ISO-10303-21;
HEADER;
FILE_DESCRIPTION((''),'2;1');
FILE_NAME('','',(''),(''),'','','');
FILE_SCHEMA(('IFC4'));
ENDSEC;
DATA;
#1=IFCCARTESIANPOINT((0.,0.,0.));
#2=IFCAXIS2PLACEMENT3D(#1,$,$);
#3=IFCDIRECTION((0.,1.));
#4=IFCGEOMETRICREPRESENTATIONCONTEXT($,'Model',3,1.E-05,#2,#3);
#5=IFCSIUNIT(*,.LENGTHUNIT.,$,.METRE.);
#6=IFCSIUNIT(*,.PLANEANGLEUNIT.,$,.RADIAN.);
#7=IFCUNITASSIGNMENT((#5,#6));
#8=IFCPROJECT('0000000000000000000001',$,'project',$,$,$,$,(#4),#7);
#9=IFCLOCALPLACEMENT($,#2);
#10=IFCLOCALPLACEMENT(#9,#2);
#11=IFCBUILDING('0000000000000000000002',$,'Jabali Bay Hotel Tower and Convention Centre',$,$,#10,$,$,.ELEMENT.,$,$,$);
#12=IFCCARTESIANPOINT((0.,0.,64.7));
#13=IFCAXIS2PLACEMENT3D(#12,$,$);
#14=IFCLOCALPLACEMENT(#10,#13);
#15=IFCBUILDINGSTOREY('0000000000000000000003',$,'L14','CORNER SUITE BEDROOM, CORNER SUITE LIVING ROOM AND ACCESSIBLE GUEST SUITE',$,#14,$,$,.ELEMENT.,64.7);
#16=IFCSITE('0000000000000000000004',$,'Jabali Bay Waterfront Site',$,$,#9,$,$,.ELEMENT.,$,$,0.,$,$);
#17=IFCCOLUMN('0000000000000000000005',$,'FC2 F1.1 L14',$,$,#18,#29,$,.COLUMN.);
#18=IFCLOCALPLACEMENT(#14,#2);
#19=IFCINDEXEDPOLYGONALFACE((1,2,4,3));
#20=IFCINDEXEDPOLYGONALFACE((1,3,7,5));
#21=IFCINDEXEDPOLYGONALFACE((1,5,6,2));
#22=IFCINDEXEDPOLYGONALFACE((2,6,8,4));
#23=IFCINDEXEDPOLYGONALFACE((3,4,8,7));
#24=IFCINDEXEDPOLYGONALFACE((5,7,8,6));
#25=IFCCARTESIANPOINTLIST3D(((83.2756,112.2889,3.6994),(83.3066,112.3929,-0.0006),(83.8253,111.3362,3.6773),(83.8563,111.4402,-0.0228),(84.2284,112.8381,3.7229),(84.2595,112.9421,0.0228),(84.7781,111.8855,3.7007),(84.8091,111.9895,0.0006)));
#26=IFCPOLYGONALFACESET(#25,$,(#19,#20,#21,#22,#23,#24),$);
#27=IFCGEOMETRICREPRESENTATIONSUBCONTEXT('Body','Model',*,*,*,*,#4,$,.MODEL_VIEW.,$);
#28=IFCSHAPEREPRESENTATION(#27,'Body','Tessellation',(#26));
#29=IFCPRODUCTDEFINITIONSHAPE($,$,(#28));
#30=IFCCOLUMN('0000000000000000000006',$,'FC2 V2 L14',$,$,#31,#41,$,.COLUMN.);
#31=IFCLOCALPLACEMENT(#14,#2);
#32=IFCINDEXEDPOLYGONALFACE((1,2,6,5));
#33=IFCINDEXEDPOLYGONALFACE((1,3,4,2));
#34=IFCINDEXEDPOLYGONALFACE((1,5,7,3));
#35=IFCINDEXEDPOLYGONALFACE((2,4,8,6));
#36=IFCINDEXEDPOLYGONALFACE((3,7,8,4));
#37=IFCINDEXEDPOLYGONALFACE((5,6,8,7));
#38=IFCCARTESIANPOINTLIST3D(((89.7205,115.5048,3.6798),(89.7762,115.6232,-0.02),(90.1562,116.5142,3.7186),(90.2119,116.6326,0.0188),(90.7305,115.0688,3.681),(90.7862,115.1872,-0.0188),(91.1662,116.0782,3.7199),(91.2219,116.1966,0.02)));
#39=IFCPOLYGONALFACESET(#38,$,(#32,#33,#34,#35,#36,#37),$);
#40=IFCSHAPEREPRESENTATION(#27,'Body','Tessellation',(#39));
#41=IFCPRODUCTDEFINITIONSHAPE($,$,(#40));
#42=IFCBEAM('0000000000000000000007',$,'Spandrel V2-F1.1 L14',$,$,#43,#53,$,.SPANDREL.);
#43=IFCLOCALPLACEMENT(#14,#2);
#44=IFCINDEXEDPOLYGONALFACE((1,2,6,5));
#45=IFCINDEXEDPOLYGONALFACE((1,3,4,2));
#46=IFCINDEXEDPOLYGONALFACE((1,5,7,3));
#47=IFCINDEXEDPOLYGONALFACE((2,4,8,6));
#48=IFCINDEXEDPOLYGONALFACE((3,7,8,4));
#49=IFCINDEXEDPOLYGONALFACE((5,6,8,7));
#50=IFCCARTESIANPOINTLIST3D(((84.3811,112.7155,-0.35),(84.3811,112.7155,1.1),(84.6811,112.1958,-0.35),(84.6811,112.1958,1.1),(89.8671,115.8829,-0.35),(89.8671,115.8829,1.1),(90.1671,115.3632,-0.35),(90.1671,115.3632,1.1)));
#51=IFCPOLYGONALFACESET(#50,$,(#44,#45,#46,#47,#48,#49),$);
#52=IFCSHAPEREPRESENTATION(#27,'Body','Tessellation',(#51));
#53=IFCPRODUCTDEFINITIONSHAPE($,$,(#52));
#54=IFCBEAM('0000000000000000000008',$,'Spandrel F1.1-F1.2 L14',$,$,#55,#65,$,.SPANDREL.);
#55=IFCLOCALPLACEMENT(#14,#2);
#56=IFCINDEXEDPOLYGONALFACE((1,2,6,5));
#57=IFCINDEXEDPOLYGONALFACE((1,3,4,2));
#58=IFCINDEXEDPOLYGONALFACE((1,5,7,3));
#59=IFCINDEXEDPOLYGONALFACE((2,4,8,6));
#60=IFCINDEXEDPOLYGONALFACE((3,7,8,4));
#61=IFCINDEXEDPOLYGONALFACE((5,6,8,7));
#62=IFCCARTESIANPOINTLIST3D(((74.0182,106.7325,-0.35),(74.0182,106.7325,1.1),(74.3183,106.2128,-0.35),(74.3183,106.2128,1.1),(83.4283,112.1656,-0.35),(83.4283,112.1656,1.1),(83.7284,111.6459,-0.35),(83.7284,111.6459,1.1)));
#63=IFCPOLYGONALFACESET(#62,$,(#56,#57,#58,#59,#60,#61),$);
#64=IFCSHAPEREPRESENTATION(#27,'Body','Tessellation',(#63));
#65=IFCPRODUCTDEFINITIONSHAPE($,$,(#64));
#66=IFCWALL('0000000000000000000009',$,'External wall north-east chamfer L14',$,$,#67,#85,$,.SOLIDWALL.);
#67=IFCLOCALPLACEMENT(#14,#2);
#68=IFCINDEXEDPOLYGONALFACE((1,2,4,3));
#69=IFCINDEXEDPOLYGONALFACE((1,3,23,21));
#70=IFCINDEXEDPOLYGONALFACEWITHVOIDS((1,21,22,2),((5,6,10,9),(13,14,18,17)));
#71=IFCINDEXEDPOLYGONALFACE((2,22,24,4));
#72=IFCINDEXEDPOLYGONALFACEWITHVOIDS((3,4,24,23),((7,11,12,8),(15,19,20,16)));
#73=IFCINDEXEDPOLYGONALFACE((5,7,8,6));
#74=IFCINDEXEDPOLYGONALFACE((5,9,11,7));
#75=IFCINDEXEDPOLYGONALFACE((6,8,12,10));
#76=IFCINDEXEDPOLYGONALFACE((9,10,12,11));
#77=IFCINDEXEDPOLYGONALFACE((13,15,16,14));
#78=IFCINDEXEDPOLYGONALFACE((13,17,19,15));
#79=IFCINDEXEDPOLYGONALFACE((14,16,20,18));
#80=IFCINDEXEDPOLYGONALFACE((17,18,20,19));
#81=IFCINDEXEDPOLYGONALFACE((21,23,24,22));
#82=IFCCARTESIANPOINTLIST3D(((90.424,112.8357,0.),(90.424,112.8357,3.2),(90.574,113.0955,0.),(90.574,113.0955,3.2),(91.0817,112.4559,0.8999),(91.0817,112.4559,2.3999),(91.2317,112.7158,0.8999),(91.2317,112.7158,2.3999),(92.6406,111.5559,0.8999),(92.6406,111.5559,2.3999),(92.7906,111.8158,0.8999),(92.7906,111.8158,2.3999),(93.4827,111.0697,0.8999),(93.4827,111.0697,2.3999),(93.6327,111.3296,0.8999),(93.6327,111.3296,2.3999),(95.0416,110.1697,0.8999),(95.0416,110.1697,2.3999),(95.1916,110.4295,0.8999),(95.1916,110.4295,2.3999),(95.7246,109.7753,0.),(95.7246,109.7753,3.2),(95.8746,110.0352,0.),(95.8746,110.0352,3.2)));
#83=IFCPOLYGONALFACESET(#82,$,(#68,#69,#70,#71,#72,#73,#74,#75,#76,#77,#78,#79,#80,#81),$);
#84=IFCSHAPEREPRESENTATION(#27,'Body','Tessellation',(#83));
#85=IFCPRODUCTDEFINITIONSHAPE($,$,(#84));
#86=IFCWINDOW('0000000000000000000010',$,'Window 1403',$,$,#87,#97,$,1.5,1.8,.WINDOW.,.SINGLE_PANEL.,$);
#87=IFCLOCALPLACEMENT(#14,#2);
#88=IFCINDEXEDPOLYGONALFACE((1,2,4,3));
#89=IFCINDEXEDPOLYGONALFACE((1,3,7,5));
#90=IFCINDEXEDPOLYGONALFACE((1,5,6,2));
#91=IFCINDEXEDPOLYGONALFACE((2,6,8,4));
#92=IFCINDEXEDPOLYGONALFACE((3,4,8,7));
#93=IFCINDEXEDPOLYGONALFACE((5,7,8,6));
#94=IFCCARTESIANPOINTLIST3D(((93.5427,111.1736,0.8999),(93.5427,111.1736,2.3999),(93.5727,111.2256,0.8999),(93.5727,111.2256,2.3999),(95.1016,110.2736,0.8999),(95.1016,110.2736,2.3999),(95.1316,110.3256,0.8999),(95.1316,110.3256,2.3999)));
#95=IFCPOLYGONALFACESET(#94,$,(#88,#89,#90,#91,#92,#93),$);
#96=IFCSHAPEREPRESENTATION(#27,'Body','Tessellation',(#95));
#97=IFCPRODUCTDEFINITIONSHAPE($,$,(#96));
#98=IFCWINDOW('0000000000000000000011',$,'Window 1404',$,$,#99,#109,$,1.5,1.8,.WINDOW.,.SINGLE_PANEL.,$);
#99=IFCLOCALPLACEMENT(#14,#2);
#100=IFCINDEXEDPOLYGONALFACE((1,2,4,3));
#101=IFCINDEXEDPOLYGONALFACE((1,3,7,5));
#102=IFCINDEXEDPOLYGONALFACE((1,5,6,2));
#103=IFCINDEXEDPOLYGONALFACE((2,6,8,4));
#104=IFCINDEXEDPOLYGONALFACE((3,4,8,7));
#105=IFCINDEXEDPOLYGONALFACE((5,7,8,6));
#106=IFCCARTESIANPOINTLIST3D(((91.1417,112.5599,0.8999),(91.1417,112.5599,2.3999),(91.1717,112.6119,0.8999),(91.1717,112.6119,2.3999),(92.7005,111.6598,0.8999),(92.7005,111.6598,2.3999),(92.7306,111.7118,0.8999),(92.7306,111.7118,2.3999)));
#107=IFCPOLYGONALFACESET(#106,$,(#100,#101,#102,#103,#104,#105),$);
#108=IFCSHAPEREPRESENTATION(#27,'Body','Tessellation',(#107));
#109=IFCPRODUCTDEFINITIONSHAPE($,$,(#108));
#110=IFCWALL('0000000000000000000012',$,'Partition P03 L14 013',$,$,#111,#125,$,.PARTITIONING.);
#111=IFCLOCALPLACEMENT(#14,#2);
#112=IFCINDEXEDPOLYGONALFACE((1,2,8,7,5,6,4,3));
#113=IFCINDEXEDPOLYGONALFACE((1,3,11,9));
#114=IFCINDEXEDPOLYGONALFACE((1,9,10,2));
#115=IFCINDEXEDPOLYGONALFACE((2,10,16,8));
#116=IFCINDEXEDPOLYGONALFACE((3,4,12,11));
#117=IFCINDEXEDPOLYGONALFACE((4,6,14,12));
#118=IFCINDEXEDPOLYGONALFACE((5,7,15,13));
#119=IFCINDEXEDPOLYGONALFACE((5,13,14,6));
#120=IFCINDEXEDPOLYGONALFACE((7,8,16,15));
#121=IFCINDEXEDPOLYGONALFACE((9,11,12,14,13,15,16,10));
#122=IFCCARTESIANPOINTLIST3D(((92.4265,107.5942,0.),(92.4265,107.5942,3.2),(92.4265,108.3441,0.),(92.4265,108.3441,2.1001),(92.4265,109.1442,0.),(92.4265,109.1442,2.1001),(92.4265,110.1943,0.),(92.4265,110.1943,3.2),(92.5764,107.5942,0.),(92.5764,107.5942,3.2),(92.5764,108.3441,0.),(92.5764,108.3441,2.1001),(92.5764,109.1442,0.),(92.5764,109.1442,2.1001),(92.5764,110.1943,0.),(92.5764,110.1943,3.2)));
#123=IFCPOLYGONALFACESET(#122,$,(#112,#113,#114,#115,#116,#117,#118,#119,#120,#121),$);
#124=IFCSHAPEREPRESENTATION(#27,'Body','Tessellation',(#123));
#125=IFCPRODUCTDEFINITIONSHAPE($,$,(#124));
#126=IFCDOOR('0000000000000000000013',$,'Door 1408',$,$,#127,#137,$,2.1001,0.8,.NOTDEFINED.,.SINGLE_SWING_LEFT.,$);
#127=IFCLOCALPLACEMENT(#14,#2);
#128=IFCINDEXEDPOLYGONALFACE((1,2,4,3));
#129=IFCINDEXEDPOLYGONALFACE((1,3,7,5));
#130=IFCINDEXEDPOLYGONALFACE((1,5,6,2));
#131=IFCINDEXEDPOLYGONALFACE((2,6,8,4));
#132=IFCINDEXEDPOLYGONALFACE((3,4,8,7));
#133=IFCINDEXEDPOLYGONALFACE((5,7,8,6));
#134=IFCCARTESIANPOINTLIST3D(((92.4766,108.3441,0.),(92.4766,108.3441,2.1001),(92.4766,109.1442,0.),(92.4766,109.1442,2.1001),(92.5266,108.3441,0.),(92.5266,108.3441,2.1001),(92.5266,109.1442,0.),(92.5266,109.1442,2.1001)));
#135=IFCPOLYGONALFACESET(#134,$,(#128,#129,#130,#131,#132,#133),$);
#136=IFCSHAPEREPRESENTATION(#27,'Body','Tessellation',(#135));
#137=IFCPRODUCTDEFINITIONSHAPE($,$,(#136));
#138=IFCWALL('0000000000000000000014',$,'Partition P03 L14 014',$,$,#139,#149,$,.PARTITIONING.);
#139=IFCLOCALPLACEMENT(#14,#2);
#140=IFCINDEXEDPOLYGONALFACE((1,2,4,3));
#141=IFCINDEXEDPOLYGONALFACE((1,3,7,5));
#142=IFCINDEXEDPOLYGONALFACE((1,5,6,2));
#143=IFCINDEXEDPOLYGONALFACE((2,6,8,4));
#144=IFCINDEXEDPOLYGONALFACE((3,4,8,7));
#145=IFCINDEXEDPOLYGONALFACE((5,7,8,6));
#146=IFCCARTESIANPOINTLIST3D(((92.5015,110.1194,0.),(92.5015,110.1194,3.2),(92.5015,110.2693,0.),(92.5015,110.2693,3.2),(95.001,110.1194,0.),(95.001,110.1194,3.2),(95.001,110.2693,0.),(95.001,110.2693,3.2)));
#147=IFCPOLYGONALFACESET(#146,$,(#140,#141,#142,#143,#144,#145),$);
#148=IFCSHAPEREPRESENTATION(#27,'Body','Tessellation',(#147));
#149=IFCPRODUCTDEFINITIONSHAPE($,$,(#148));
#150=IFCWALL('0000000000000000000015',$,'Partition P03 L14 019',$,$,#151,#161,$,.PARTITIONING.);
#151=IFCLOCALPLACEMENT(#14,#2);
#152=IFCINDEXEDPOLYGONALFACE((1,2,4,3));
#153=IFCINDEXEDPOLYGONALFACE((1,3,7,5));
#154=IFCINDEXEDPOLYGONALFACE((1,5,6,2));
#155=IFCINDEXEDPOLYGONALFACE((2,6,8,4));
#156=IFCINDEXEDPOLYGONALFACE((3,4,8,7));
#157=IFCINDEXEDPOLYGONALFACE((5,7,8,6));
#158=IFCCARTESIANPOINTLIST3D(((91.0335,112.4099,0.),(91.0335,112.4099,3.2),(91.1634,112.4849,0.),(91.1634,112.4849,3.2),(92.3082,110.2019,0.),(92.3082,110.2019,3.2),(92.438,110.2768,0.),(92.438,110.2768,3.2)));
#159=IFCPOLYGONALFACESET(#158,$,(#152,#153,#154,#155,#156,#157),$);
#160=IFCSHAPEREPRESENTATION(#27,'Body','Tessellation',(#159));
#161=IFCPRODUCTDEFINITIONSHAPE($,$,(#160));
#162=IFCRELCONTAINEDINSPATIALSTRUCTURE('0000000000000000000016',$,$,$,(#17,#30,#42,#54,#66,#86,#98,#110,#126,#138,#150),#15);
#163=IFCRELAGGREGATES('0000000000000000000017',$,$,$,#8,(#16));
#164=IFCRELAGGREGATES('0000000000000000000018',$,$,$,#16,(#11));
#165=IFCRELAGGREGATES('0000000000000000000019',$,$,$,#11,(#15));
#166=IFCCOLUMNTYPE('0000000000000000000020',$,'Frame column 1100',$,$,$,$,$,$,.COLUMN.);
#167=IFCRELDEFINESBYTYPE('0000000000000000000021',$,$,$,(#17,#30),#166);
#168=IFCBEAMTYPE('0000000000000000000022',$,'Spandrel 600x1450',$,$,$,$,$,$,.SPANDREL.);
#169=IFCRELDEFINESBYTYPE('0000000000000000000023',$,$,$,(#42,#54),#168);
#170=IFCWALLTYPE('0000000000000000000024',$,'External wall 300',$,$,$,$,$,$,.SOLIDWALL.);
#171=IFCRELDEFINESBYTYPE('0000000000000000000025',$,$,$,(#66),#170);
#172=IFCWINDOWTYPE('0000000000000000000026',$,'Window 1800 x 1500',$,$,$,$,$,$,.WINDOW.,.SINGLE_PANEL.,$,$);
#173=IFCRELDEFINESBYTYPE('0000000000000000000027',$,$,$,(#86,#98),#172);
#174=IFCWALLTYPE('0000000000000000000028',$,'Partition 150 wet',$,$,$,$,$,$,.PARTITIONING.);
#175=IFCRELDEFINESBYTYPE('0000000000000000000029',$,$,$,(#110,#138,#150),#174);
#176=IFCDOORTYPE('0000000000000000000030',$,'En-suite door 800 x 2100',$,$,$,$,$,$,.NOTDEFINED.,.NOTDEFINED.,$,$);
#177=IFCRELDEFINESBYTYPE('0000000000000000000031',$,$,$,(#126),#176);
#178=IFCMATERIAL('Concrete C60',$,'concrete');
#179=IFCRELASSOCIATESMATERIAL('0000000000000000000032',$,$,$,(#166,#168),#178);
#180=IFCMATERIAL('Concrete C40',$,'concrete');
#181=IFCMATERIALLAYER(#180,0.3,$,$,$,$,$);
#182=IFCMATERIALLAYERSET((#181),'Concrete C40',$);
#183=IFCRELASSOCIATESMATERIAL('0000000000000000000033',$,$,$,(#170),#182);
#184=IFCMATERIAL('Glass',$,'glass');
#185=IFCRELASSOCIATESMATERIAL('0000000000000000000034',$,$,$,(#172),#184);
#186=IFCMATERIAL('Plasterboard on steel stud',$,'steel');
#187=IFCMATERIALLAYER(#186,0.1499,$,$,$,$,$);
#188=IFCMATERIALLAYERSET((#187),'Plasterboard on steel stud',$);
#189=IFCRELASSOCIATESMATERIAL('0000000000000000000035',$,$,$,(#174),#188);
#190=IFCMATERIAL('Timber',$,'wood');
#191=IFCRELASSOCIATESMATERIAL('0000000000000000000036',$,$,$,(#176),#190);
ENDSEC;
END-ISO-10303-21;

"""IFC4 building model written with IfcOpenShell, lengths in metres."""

from ifc_helpers import new_model, si_unit, direction, frame, frame_2d, origin, origin_2d, place, context, subcontext, project, spatial, rectangle, extrude, material, layer, layer_set, material_profile, profile_set, type_object, element, fill, save


model = new_model("IFC4")

# Units and contexts
model_context = context("Model", 3, precision=1e-05, world=origin(), true_north=direction((0.0, 1.0)))
body_context = subcontext(model_context, "Body", "Model", "MODEL_VIEW")
ifc_project = project(units=[si_unit("LENGTHUNIT", "METRE"), si_unit("PLANEANGLEUNIT", "RADIAN")], contexts=[model_context])

# Site, building, storey
site_placement = place(None, origin())
site = spatial("IfcSite", under=ifc_project, at=site_placement, Name="Jabali Bay Waterfront Site", CompositionType="ELEMENT", RefElevation=0.0)
building_placement = place(site_placement, origin())
building = spatial("IfcBuilding", under=site, at=building_placement, Name="Jabali Bay Hotel Tower and Convention Centre", CompositionType="ELEMENT")
storey_placement = place(building_placement, frame((0.0, 0.0, 64.7)))
storey = spatial("IfcBuildingStorey", under=building, at=storey_placement, Name="L14", Description="CORNER SUITE BEDROOM, CORNER SUITE LIVING ROOM AND ACCESSIBLE GUEST SUITE", CompositionType="ELEMENT", Elevation=64.7)

# Columns
ifc_material_1 = material(Name="Concrete C60", Category="concrete")
ifc_material_profile_1 = material_profile(ifc_material_1, rectangle(XDim=1.1001, YDim=1.1001, at=origin_2d()), Name="Frame column 1100")
ifc_profile_set_1 = profile_set([ifc_material_profile_1], Name="Concrete C60")
column_type = type_object("IfcColumnType", Name="Frame column 1100", PredefinedType="COLUMN", material=ifc_profile_set_1)
column_1_placement = place(storey_placement, frame((84.0579, 112.1912, 0.0), z_axis=(-0.008376, -0.028097, 0.99957), x_axis=(0.866173, 0.499291, 0.021293)))
element("IfcColumn", 1, at=column_1_placement, inside=storey, type_object=column_type, Name="FC2 F1.1 L14", PredefinedType="COLUMN", context=body_context, shape_type="SweptSolid", body=[
    extrude(rectangle(XDim=1.1001, YDim=1.1001, at=origin_2d()), origin(), (0.0, 0.0, 1.0), 3.7017),
])
column_2_placement = place(storey_placement, frame((90.499, 115.9099, 0.0), z_axis=(-0.015035, -0.031983, 0.999375), x_axis=(0.918093, -0.396363, 0.001128)))
element("IfcColumn", 2, at=column_2_placement, inside=storey, type_object=column_type, Name="FC2 V2 L14", PredefinedType="COLUMN", context=body_context, shape_type="SweptSolid", body=[
    extrude(rectangle(XDim=1.1001, YDim=1.1001, at=origin_2d()), origin(), (0.0, 0.0, 1.0), 3.7021),
])

# Beams
ifc_material_profile_2 = material_profile(ifc_material_1, rectangle(XDim=0.6001, YDim=1.45, at=origin_2d()), Name="Spandrel 600x1450")
ifc_profile_set_2 = profile_set([ifc_material_profile_2], Name="Concrete C60")
beam_type = type_object("IfcBeamType", Name="Spandrel 600x1450", PredefinedType="SPANDREL", material=ifc_profile_set_2)
beam_1_placement = place(storey_placement, frame((90.0171, 115.623, 0.375), z_axis=(-0.866019, -0.50001, 0.0), x_axis=(0.50001, -0.866019, 0.0)))
element("IfcBeam", 3, at=beam_1_placement, inside=storey, type_object=beam_type, Name="Spandrel V2-F1.1 L14", PredefinedType="SPANDREL", context=body_context, shape_type="SweptSolid", body=[
    extrude(rectangle(XDim=0.6001, YDim=1.45, at=origin_2d()), origin(), (0.0, 0.0, 1.0), 6.3347),
])
beam_2_placement = place(storey_placement, frame((83.5784, 111.9058, 0.375), z_axis=(-0.866019, -0.50001, 0.0), x_axis=(0.50001, -0.866019, 0.0)))
element("IfcBeam", 4, at=beam_2_placement, inside=storey, type_object=beam_type, Name="Spandrel F1.1-F1.2 L14", PredefinedType="SPANDREL", context=body_context, shape_type="SweptSolid", body=[
    extrude(rectangle(XDim=0.6001, YDim=1.45, at=origin_2d()), origin(), (0.0, 0.0, 1.0), 10.866),
])

# Wall, openings, windows
ifc_material_2 = material(Name="Concrete C40", Category="concrete")
ifc_layer_1 = layer(ifc_material_2, 0.3)
ifc_layer_set_1 = layer_set([ifc_layer_1], Name="Concrete C40")
wall_type_1 = type_object("IfcWallType", Name="External wall 300", PredefinedType="SOLIDWALL", material=ifc_layer_set_1)
wall_1_placement = place(storey_placement, frame((90.499, 112.9656, 0.0), z_axis=(0.0, 0.0, 1.0), x_axis=(0.866023, -0.500004, 0.0)))
wall_1 = element("IfcWall", 5, at=wall_1_placement, inside=storey, type_object=wall_type_1, Name="External wall north-east chamfer L14", PredefinedType="SOLIDWALL", context=body_context, shape_type="SweptSolid", body=[
    extrude(rectangle(XDim=6.1206, YDim=0.3, at=frame_2d((3.0603, 0.0))), origin(), (0.0, 0.0, 1.0), 3.2),
])
opening_1_placement = place(wall_1_placement, frame((3.532, 0.0, 0.8999)))
opening_1 = element("IfcOpeningElement", 6, at=opening_1_placement, cuts=wall_1, PredefinedType="OPENING", context=body_context, shape_type="SweptSolid", body=[
    extrude(rectangle(XDim=1.8, YDim=1.5, at=frame_2d((0.8999, 0.75))), frame((0.0, 0.1606, 0.0), z_axis=(0.0, -1.0, 0.0), x_axis=(1.0, 0.0, 0.0)), (0.0, 0.0, 1.0), 0.321),
])
opening_2_placement = place(wall_1_placement, frame((0.7595, 0.0, 0.8999)))
opening_2 = element("IfcOpeningElement", 7, at=opening_2_placement, cuts=wall_1, PredefinedType="OPENING", context=body_context, shape_type="SweptSolid", body=[
    extrude(rectangle(XDim=1.8, YDim=1.5, at=frame_2d((0.8999, 0.75))), frame((0.0, 0.1606, 0.0), z_axis=(0.0, -1.0, 0.0), x_axis=(1.0, 0.0, 0.0)), (0.0, 0.0, 1.0), 0.321),
])
ifc_material_3 = material(Name="Glass", Category="glass")
window_type = type_object("IfcWindowType", Name="Window 1800 x 1500", PartitioningType="SINGLE_PANEL", PredefinedType="WINDOW", material=ifc_material_3)
window_1_placement = place(opening_1_placement, origin())
window_1 = element("IfcWindow", 8, at=window_1_placement, inside=storey, type_object=window_type, Name="Window 1403", OverallHeight=1.5, OverallWidth=1.8, PartitioningType="SINGLE_PANEL", PredefinedType="WINDOW", context=body_context, shape_type="SweptSolid", body=[
    extrude(rectangle(XDim=1.8, YDim=1.5, at=frame_2d((0.8999, 0.75))), frame((0.0, 0.03, 0.0), z_axis=(0.0, -1.0, 0.0), x_axis=(1.0, 0.0, 0.0)), (0.0, 0.0, 1.0), 0.0601),
])
fill(opening_1, window_1)
window_2_placement = place(opening_2_placement, origin())
window_2 = element("IfcWindow", 9, at=window_2_placement, inside=storey, type_object=window_type, Name="Window 1404", OverallHeight=1.5, OverallWidth=1.8, PartitioningType="SINGLE_PANEL", PredefinedType="WINDOW", context=body_context, shape_type="SweptSolid", body=[
    extrude(rectangle(XDim=1.8, YDim=1.5, at=frame_2d((0.8999, 0.75))), frame((0.0, 0.03, 0.0), z_axis=(0.0, -1.0, 0.0), x_axis=(1.0, 0.0, 0.0)), (0.0, 0.0, 1.0), 0.0601),
])
fill(opening_2, window_2)

# Wall, opening, door
ifc_material_4 = material(Name="Plasterboard on steel stud", Category="steel")
ifc_layer_2 = layer(ifc_material_4, 0.1499)
ifc_layer_set_2 = layer_set([ifc_layer_2], Name="Plasterboard on steel stud")
wall_type_2 = type_object("IfcWallType", Name="Partition 150 wet", PredefinedType="PARTITIONING", material=ifc_layer_set_2)
wall_2_placement = place(storey_placement, frame((92.5015, 107.5942, 0.0), z_axis=(0.0, 0.0, 1.0), x_axis=(0.0, 1.0, 0.0)))
wall_2 = element("IfcWall", 10, at=wall_2_placement, inside=storey, type_object=wall_type_2, Name="Partition P03 L14 013", PredefinedType="PARTITIONING", context=body_context, shape_type="SweptSolid", body=[
    extrude(rectangle(XDim=2.6001, YDim=0.1499, at=frame_2d((1.3, 0.0))), origin(), (0.0, 0.0, 1.0), 3.2),
])
opening_3_placement = place(wall_2_placement, frame((0.75, 0.0, 0.0)))
opening_3 = element("IfcOpeningElement", 11, at=opening_3_placement, cuts=wall_2, PredefinedType="OPENING", context=body_context, shape_type="SweptSolid", body=[
    extrude(rectangle(XDim=0.8, YDim=2.1001, at=frame_2d((0.3999, 1.05))), frame((0.0, 0.0854, 0.0), z_axis=(0.0, -1.0, 0.0), x_axis=(1.0, 0.0, 0.0)), (0.0, 0.0, 1.0), 0.1709),
])
ifc_material_5 = material(Name="Timber", Category="wood")
door_type = type_object("IfcDoorType", Name="En-suite door 800 x 2100", OperationType="NOTDEFINED", PredefinedType="NOTDEFINED", material=ifc_material_5)
door_1_placement = place(opening_3_placement, origin())
door_1 = element("IfcDoor", 12, at=door_1_placement, inside=storey, type_object=door_type, Name="Door 1408", OperationType="SINGLE_SWING_LEFT", OverallHeight=2.1001, OverallWidth=0.8, PredefinedType="NOTDEFINED", context=body_context, shape_type="SweptSolid", body=[
    extrude(rectangle(XDim=0.8, YDim=2.1001, at=frame_2d((0.3999, 1.05))), frame((0.0, 0.0249, 0.0), z_axis=(0.0, -1.0, 0.0), x_axis=(1.0, 0.0, 0.0)), (0.0, 0.0, 1.0), 0.05),
])
fill(opening_3, door_1)

# Walls
wall_3_placement = place(storey_placement, frame((92.5015, 110.1943, 0.0), z_axis=(0.0, 0.0, 1.0), x_axis=(1.0, 0.0, 0.0)))
element("IfcWall", 13, at=wall_3_placement, inside=storey, type_object=wall_type_2, Name="Partition P03 L14 014", PredefinedType="PARTITIONING", context=body_context, shape_type="SweptSolid", body=[
    extrude(rectangle(XDim=2.4995, YDim=0.1499, at=frame_2d((1.2498, 0.0))), origin(), (0.0, 0.0, 1.0), 3.2),
])
wall_4_placement = place(storey_placement, frame((91.0984, 112.4475, 0.0), z_axis=(0.0, 0.0, 1.0), x_axis=(0.49996, -0.866048, 0.0)))
element("IfcWall", 14, at=wall_4_placement, inside=storey, type_object=wall_type_2, Name="Partition P03 L14 019", PredefinedType="PARTITIONING", context=body_context, shape_type="SweptSolid", body=[
    extrude(rectangle(XDim=2.5496, YDim=0.1499, at=frame_2d((1.2749, 0.0))), origin(), (0.0, 0.0, 1.0), 3.2),
])

save(model, "model.ifc")
